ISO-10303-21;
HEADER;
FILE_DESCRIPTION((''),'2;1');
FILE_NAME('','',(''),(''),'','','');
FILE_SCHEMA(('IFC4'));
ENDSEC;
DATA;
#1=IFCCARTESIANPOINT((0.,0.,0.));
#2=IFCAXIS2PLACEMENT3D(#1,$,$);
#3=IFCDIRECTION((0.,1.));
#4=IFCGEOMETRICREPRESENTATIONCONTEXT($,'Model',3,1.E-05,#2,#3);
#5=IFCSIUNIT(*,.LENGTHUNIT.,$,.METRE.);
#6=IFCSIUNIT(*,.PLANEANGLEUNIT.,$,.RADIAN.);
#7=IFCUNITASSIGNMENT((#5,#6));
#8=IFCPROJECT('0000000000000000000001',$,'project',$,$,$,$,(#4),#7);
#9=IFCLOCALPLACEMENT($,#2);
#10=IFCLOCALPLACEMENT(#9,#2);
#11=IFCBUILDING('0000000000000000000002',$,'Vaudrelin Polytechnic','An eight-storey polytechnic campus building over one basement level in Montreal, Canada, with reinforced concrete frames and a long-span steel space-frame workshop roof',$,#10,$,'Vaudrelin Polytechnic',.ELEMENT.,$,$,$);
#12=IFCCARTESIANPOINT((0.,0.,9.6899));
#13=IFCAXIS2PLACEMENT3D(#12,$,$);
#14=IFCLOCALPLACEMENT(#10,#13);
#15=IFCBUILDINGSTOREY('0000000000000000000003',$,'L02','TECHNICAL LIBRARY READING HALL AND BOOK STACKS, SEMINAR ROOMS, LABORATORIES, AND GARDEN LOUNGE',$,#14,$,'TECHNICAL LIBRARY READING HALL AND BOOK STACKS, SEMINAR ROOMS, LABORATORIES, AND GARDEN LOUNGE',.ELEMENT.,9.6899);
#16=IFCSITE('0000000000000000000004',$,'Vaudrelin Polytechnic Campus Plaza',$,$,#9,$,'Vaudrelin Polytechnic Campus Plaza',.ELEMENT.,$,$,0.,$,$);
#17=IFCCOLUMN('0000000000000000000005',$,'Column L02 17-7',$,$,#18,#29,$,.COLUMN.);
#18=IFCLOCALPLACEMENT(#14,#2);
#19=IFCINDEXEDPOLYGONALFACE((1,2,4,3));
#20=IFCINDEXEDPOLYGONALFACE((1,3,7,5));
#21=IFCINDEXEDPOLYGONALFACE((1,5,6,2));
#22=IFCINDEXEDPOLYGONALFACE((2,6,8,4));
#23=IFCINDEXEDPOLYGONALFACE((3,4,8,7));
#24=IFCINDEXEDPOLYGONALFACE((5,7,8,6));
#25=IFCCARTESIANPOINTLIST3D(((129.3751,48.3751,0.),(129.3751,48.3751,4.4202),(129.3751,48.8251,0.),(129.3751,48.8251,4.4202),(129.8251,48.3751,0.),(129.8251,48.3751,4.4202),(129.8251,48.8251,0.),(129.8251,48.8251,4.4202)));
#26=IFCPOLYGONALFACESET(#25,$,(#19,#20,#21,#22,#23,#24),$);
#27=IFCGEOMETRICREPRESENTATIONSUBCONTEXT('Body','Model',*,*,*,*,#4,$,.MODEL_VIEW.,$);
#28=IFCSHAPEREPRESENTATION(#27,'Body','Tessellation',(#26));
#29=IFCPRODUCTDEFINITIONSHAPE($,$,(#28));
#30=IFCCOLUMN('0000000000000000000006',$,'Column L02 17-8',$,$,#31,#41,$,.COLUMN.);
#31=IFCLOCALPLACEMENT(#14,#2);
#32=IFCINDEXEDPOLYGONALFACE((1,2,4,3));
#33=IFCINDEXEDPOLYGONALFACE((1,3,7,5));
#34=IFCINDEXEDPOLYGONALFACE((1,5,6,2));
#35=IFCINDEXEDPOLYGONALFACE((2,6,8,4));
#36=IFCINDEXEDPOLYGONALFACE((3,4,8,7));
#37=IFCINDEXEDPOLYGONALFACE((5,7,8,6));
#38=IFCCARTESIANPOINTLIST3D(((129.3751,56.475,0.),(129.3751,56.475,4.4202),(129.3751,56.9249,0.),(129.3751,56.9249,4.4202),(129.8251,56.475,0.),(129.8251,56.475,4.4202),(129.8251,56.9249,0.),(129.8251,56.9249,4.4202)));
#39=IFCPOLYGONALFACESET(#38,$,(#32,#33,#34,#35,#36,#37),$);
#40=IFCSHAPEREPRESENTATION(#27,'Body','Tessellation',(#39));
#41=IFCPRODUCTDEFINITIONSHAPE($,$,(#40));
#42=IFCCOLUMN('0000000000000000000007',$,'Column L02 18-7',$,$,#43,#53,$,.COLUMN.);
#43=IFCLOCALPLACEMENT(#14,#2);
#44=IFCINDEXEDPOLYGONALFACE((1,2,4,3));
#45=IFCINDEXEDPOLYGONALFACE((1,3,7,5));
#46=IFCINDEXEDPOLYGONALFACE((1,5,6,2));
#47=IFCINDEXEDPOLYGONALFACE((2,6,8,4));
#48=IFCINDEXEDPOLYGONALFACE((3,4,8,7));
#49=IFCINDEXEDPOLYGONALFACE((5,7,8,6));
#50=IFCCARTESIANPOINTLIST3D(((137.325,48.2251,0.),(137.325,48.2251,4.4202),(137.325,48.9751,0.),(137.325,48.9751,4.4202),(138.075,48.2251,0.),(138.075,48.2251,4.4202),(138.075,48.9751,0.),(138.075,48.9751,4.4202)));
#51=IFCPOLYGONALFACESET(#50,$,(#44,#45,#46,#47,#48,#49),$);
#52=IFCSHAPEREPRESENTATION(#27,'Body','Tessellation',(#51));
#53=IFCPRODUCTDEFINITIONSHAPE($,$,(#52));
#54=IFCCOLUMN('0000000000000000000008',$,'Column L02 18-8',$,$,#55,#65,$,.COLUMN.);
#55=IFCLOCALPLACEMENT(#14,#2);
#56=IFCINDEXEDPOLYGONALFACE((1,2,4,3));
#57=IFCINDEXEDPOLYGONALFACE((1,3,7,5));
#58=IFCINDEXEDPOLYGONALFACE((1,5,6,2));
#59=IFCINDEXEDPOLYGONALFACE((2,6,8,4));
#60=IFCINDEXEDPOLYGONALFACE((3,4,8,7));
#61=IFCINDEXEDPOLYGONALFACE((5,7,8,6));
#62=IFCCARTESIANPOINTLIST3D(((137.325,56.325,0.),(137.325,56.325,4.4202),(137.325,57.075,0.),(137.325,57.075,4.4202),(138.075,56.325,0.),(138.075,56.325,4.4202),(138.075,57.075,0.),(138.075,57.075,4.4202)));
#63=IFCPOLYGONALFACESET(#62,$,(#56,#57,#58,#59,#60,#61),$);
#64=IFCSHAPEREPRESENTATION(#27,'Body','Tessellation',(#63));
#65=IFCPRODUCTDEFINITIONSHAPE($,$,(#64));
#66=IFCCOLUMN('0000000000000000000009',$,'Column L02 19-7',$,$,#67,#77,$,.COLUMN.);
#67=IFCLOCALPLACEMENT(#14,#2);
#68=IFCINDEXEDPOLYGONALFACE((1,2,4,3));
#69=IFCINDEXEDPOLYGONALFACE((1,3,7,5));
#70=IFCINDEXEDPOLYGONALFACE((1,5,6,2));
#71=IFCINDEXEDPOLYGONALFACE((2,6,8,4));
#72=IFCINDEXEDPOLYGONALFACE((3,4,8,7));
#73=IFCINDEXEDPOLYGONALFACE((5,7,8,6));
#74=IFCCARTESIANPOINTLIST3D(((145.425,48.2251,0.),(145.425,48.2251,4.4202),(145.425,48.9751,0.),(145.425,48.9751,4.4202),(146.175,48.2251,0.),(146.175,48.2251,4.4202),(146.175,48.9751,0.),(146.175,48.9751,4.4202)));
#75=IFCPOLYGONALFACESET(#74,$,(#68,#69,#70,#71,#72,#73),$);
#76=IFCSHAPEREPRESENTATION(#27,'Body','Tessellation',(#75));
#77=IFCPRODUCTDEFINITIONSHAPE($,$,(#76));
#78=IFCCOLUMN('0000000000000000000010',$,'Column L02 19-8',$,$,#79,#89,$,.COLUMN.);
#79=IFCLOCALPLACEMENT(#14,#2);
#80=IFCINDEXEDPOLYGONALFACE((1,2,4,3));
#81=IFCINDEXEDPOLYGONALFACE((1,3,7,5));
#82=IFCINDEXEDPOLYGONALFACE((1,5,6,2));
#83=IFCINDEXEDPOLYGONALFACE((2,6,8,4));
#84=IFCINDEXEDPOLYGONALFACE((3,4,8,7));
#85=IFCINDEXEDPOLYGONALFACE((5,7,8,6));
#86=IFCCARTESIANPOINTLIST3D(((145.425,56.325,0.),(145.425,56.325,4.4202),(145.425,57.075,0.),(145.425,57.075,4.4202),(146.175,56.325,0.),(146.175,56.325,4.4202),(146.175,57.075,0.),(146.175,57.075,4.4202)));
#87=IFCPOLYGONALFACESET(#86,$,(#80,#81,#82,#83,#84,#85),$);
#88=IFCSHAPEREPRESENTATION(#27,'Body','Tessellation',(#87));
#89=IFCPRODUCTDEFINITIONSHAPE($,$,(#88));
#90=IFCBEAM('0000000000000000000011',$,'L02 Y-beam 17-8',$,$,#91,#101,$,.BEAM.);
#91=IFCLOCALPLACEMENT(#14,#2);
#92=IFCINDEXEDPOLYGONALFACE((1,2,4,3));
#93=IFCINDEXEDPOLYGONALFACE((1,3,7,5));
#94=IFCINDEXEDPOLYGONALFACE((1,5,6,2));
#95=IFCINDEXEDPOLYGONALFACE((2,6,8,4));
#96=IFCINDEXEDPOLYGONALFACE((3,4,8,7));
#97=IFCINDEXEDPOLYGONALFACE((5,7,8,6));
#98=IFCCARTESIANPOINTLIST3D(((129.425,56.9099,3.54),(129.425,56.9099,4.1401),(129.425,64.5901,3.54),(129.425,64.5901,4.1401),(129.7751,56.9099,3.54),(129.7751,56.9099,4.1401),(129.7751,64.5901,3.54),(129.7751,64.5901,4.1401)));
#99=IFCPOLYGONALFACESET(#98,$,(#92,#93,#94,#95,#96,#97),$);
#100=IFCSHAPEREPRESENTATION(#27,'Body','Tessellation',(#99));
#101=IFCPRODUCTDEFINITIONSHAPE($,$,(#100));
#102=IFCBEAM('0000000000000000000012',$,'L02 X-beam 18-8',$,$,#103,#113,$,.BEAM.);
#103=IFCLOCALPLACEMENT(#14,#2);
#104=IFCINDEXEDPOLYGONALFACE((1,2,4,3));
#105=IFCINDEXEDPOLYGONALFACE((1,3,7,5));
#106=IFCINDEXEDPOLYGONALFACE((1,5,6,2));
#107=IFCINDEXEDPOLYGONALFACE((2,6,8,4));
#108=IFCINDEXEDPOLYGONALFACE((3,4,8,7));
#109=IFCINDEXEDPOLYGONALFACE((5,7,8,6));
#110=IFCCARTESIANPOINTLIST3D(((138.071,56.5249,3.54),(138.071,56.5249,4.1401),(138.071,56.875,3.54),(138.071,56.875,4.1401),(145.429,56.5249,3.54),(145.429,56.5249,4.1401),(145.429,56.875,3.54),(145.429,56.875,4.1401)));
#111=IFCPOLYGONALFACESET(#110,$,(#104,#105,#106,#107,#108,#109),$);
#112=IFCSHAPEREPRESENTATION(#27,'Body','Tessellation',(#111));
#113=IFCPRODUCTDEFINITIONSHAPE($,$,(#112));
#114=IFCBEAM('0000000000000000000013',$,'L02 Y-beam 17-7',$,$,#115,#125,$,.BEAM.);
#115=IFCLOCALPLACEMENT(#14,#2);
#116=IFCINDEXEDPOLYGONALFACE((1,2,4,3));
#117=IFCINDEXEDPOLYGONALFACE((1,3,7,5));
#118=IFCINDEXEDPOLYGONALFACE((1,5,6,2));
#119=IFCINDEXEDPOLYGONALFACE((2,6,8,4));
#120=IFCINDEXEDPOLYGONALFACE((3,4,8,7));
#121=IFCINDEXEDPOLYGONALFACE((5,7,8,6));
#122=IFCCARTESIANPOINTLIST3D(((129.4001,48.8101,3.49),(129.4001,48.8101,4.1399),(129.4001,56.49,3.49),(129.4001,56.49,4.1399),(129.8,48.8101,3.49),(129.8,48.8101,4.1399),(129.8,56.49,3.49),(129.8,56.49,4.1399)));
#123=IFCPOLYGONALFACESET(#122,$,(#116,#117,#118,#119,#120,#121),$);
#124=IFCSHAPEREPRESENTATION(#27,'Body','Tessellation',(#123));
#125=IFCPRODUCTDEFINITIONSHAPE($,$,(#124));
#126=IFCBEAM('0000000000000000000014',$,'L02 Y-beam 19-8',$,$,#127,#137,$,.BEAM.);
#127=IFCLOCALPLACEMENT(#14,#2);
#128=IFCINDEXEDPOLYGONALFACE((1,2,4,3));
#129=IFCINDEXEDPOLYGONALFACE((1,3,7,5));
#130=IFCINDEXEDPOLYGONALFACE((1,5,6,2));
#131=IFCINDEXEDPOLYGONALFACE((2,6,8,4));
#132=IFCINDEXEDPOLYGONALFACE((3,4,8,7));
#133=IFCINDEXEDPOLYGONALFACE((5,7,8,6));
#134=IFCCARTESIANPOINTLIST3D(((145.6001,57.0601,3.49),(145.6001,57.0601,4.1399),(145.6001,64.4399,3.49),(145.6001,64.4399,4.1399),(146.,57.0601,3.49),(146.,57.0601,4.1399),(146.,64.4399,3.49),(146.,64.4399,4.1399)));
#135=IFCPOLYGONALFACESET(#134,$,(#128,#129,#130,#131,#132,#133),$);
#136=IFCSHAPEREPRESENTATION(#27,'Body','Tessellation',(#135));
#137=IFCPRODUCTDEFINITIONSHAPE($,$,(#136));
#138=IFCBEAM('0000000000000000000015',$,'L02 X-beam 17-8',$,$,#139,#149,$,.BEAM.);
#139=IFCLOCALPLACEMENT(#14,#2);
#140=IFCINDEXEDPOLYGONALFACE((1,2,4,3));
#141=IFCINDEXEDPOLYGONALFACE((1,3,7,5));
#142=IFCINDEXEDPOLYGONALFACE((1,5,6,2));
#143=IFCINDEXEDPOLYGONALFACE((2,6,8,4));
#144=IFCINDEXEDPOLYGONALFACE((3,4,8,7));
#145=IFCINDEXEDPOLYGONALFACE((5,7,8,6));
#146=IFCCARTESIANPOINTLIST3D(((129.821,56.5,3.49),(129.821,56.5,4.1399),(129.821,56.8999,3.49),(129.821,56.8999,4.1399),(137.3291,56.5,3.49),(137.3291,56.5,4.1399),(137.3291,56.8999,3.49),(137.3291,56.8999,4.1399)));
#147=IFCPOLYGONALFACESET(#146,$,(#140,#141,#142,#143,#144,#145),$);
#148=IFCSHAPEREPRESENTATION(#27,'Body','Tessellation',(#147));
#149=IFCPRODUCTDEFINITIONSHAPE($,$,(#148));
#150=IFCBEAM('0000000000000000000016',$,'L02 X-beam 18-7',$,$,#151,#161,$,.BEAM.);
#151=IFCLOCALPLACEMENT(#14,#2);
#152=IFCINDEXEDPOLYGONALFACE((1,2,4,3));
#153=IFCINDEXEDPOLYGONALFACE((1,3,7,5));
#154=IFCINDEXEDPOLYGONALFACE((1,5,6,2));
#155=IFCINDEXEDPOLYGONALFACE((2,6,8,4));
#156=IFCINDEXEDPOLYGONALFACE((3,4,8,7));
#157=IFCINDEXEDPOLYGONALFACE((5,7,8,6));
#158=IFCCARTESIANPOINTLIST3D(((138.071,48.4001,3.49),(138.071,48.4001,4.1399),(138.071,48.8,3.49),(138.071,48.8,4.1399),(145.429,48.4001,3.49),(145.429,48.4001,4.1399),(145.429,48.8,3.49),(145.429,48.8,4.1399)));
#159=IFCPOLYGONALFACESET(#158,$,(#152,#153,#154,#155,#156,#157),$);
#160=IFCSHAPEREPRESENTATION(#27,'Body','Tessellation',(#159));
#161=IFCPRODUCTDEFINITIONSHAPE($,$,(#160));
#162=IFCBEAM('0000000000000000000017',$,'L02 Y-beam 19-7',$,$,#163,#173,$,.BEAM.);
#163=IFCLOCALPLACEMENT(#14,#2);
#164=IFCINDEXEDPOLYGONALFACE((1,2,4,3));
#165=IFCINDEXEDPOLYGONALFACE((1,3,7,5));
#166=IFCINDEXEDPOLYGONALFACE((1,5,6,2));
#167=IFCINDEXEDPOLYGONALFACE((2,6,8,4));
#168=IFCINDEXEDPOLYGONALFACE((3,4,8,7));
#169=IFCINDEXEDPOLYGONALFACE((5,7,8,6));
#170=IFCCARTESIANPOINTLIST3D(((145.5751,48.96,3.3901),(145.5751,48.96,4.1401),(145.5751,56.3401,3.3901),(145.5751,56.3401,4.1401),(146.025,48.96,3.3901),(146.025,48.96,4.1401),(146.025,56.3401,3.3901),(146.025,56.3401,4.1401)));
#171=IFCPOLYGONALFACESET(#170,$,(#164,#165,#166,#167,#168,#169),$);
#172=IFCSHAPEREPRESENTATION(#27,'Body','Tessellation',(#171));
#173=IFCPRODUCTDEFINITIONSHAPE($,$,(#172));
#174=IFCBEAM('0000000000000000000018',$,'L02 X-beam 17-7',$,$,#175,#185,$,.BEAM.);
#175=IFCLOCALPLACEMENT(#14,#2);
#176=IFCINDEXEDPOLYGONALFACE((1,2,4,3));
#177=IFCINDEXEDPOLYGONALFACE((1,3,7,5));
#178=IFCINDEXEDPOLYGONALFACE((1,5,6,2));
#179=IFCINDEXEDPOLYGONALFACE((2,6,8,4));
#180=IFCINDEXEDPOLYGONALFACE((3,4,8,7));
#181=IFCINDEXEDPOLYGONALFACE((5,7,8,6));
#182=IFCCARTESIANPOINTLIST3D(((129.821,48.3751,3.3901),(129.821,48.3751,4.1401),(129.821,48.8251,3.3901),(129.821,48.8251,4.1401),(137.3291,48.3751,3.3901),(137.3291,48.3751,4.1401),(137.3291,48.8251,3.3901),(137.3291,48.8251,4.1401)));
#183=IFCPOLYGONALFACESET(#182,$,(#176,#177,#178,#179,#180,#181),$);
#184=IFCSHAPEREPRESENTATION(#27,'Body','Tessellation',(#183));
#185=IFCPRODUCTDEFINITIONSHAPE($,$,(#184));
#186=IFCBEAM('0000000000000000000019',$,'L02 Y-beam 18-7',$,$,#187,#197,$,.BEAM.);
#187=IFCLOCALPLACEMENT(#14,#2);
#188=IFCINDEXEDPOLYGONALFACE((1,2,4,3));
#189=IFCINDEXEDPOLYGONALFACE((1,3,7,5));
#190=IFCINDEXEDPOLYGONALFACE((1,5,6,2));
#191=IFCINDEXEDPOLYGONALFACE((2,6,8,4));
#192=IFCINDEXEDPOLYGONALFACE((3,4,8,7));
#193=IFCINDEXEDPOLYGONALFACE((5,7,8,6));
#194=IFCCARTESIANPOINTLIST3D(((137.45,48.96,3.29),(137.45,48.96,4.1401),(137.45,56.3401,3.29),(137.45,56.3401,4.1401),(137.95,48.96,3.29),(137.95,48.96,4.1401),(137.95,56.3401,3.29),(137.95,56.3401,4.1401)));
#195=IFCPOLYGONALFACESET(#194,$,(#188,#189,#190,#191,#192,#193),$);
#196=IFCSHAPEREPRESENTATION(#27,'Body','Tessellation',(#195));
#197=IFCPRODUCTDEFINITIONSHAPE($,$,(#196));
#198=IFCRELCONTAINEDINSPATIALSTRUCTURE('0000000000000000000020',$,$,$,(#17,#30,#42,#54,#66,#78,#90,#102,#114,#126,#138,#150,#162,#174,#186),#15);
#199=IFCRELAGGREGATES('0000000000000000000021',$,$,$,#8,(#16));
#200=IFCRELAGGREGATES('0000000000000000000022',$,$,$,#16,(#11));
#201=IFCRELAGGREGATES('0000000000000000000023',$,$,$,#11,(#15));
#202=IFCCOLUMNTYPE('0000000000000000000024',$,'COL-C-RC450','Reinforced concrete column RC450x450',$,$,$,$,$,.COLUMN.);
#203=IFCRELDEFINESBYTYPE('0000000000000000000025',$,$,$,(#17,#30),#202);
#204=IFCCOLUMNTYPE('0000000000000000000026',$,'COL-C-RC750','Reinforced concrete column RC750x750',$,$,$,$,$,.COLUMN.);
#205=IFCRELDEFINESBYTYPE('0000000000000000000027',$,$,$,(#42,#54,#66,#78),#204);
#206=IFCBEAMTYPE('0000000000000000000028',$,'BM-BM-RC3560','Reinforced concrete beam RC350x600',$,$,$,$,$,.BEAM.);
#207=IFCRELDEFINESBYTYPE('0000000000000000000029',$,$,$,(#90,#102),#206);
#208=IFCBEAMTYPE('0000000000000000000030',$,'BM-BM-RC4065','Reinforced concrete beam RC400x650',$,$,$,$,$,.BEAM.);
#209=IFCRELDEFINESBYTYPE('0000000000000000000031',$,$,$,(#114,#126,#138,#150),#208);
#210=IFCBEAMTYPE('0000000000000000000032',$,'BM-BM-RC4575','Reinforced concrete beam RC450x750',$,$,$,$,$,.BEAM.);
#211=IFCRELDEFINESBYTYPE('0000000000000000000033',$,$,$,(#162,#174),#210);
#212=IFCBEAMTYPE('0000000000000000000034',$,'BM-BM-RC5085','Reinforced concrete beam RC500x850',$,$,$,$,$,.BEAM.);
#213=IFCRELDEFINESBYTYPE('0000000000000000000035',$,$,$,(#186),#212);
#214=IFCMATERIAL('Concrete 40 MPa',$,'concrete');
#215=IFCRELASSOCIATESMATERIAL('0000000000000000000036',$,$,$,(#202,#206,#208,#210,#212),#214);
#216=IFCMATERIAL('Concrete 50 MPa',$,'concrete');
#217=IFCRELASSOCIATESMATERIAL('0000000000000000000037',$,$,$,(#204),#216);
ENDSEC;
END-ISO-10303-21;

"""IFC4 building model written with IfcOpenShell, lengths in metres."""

from ifc_helpers import new_model, si_unit, direction, frame, origin, origin_2d, place, context, subcontext, project, spatial, rectangle, extrude, material, material_profile, profile_set, type_object, element, save


model = new_model("IFC4")

# Units and contexts
model_context = context("Model", 3, precision=1e-05, world=origin(), true_north=direction((0.0, 1.0)))
body_context = subcontext(model_context, "Body", "Model", "MODEL_VIEW")
ifc_project = project(units=[si_unit("LENGTHUNIT", "METRE"), si_unit("PLANEANGLEUNIT", "RADIAN")], contexts=[model_context])

# Site, building, storey
site_placement = place(None, origin())
site = spatial("IfcSite", under=ifc_project, at=site_placement, Name="Vaudrelin Polytechnic Campus Plaza", LongName="Vaudrelin Polytechnic Campus Plaza", CompositionType="ELEMENT", RefElevation=0.0)
building_placement = place(site_placement, origin())
building = spatial("IfcBuilding", under=site, at=building_placement, Name="Vaudrelin Polytechnic", Description="An eight-storey polytechnic campus building over one basement level in Montreal, Canada, with reinforced concrete frames and a long-span steel space-frame workshop roof", LongName="Vaudrelin Polytechnic", CompositionType="ELEMENT")
storey_placement = place(building_placement, frame((0.0, 0.0, 9.6899)))
storey = spatial("IfcBuildingStorey", under=building, at=storey_placement, Name="L02", Description="TECHNICAL LIBRARY READING HALL AND BOOK STACKS, SEMINAR ROOMS, LABORATORIES, AND GARDEN LOUNGE", LongName="TECHNICAL LIBRARY READING HALL AND BOOK STACKS, SEMINAR ROOMS, LABORATORIES, AND GARDEN LOUNGE", CompositionType="ELEMENT", Elevation=9.6899)

# Columns
ifc_material_1 = material(Name="Concrete 40 MPa", Category="concrete")
ifc_material_profile_1 = material_profile(ifc_material_1, rectangle(XDim=0.45, YDim=0.45, at=origin_2d()), Name="RC450x450")
ifc_profile_set_1 = profile_set([ifc_material_profile_1], Name="Concrete 40 MPa")
column_type_1 = type_object("IfcColumnType", Name="COL-C-RC450", Description="Reinforced concrete column RC450x450", PredefinedType="COLUMN", material=ifc_profile_set_1)
for number, where, z_axis, x_axis, name in (
    (1, (129.6001, 48.6001, 0.0), (0.0, 0.0, 1.0), (1.0, 0.0, 0.0), "Column L02 17-7"),
    (2, (129.6001, 56.7, 0.0), (0.0, 0.0, 1.0), (1.0, 0.0, 0.0), "Column L02 17-8"),
):
    element("IfcColumn", number, at=place(storey_placement, frame(where, z_axis=z_axis, x_axis=x_axis)), inside=storey, type_object=column_type_1, Name=name, PredefinedType="COLUMN", context=body_context, shape_type="SweptSolid", body=[
        extrude(rectangle(XDim=0.45, YDim=0.45, at=origin_2d()), origin(), (0.0, 0.0, 1.0), 4.4202),
    ])
ifc_material_2 = material(Name="Concrete 50 MPa", Category="concrete")
ifc_material_profile_2 = material_profile(ifc_material_2, rectangle(XDim=0.75, YDim=0.75, at=origin_2d()), Name="RC750x750")
ifc_profile_set_2 = profile_set([ifc_material_profile_2], Name="Concrete 50 MPa")
column_type_2 = type_object("IfcColumnType", Name="COL-C-RC750", Description="Reinforced concrete column RC750x750", PredefinedType="COLUMN", material=ifc_profile_set_2)
for number, where, z_axis, x_axis, name in (
    (3, (137.7, 48.6001, 0.0), (0.0, 0.0, 1.0), (1.0, 0.0, 0.0), "Column L02 18-7"),
    (4, (137.7, 56.7, 0.0), (0.0, 0.0, 1.0), (1.0, 0.0, 0.0), "Column L02 18-8"),
    (5, (145.8, 48.6001, 0.0), (0.0, 0.0, 1.0), (1.0, 0.0, 0.0), "Column L02 19-7"),
    (6, (145.8, 56.7, 0.0), (0.0, 0.0, 1.0), (1.0, 0.0, 0.0), "Column L02 19-8"),
):
    element("IfcColumn", number, at=place(storey_placement, frame(where, z_axis=z_axis, x_axis=x_axis)), inside=storey, type_object=column_type_2, Name=name, PredefinedType="COLUMN", context=body_context, shape_type="SweptSolid", body=[
        extrude(rectangle(XDim=0.75, YDim=0.75, at=origin_2d()), origin(), (0.0, 0.0, 1.0), 4.4202),
    ])

# Beams
ifc_material_profile_3 = material_profile(ifc_material_1, rectangle(XDim=0.3501, YDim=0.6001, at=origin_2d()), Name="RC350x600")
ifc_profile_set_3 = profile_set([ifc_material_profile_3], Name="Concrete 40 MPa")
beam_type_1 = type_object("IfcBeamType", Name="BM-BM-RC3560", Description="Reinforced concrete beam RC350x600", PredefinedType="BEAM", material=ifc_profile_set_3)
beam_1_placement = place(storey_placement, frame((129.6001, 56.9099, 3.8401), z_axis=(0.0, 1.0, 0.0), x_axis=(-1.0, 0.0, 0.0)))
element("IfcBeam", 7, at=beam_1_placement, inside=storey, type_object=beam_type_1, Name="L02 Y-beam 17-8", PredefinedType="BEAM", context=body_context, shape_type="SweptSolid", body=[
    extrude(rectangle(XDim=0.3501, YDim=0.6001, at=origin_2d()), origin(), (0.0, 0.0, 1.0), 7.6802),
])
beam_2_placement = place(storey_placement, frame((138.071, 56.7, 3.8401), z_axis=(1.0, 0.0, 0.0), x_axis=(0.0, 1.0, 0.0)))
element("IfcBeam", 8, at=beam_2_placement, inside=storey, type_object=beam_type_1, Name="L02 X-beam 18-8", PredefinedType="BEAM", context=body_context, shape_type="SweptSolid", body=[
    extrude(rectangle(XDim=0.3501, YDim=0.6001, at=origin_2d()), origin(), (0.0, 0.0, 1.0), 7.3579),
])
ifc_material_profile_4 = material_profile(ifc_material_1, rectangle(XDim=0.3999, YDim=0.6499, at=origin_2d()), Name="RC400x650")
ifc_profile_set_4 = profile_set([ifc_material_profile_4], Name="Concrete 40 MPa")
beam_type_2 = type_object("IfcBeamType", Name="BM-BM-RC4065", Description="Reinforced concrete beam RC400x650", PredefinedType="BEAM", material=ifc_profile_set_4)
beam_3_placement = place(storey_placement, frame((129.6001, 48.8101, 3.8149), z_axis=(0.0, 1.0, 0.0), x_axis=(-1.0, 0.0, 0.0)))
element("IfcBeam", 9, at=beam_3_placement, inside=storey, type_object=beam_type_2, Name="L02 Y-beam 17-7", PredefinedType="BEAM", context=body_context, shape_type="SweptSolid", body=[
    extrude(rectangle(XDim=0.3999, YDim=0.6499, at=origin_2d()), origin(), (0.0, 0.0, 1.0), 7.6799),
])
beam_4_placement = place(storey_placement, frame((145.8, 57.0601, 3.8149), z_axis=(0.0, 1.0, 0.0), x_axis=(-1.0, 0.0, 0.0)))
element("IfcBeam", 10, at=beam_4_placement, inside=storey, type_object=beam_type_2, Name="L02 Y-beam 19-8", PredefinedType="BEAM", context=body_context, shape_type="SweptSolid", body=[
    extrude(rectangle(XDim=0.3999, YDim=0.6499, at=origin_2d()), origin(), (0.0, 0.0, 1.0), 7.3799),
])
beam_5_placement = place(storey_placement, frame((129.821, 56.7, 3.8149), z_axis=(1.0, 0.0, 0.0), x_axis=(0.0, 1.0, 0.0)))
element("IfcBeam", 11, at=beam_5_placement, inside=storey, type_object=beam_type_2, Name="L02 X-beam 17-8", PredefinedType="BEAM", context=body_context, shape_type="SweptSolid", body=[
    extrude(rectangle(XDim=0.3999, YDim=0.6499, at=origin_2d()), origin(), (0.0, 0.0, 1.0), 7.5081),
])
beam_6_placement = place(storey_placement, frame((138.071, 48.6001, 3.8149), z_axis=(1.0, 0.0, 0.0), x_axis=(0.0, 1.0, 0.0)))
element("IfcBeam", 12, at=beam_6_placement, inside=storey, type_object=beam_type_2, Name="L02 X-beam 18-7", PredefinedType="BEAM", context=body_context, shape_type="SweptSolid", body=[
    extrude(rectangle(XDim=0.3999, YDim=0.6499, at=origin_2d()), origin(), (0.0, 0.0, 1.0), 7.3579),
])
ifc_material_profile_5 = material_profile(ifc_material_1, rectangle(XDim=0.45, YDim=0.75, at=origin_2d()), Name="RC450x750")
ifc_profile_set_5 = profile_set([ifc_material_profile_5], Name="Concrete 40 MPa")
beam_type_3 = type_object("IfcBeamType", Name="BM-BM-RC4575", Description="Reinforced concrete beam RC450x750", PredefinedType="BEAM", material=ifc_profile_set_5)
beam_7_placement = place(storey_placement, frame((145.8, 48.96, 3.7651), z_axis=(0.0, 1.0, 0.0), x_axis=(-1.0, 0.0, 0.0)))
element("IfcBeam", 13, at=beam_7_placement, inside=storey, type_object=beam_type_3, Name="L02 Y-beam 19-7", PredefinedType="BEAM", context=body_context, shape_type="SweptSolid", body=[
    extrude(rectangle(XDim=0.45, YDim=0.75, at=origin_2d()), origin(), (0.0, 0.0, 1.0), 7.3801),
])
beam_8_placement = place(storey_placement, frame((129.821, 48.6001, 3.7651), z_axis=(1.0, 0.0, 0.0), x_axis=(0.0, 1.0, 0.0)))
element("IfcBeam", 14, at=beam_8_placement, inside=storey, type_object=beam_type_3, Name="L02 X-beam 17-7", PredefinedType="BEAM", context=body_context, shape_type="SweptSolid", body=[
    extrude(rectangle(XDim=0.45, YDim=0.75, at=origin_2d()), origin(), (0.0, 0.0, 1.0), 7.5081),
])
ifc_material_profile_6 = material_profile(ifc_material_1, rectangle(XDim=0.5, YDim=0.8501, at=origin_2d()), Name="RC500x850")
ifc_profile_set_6 = profile_set([ifc_material_profile_6], Name="Concrete 40 MPa")
beam_type_4 = type_object("IfcBeamType", Name="BM-BM-RC5085", Description="Reinforced concrete beam RC500x850", PredefinedType="BEAM", material=ifc_profile_set_6)
beam_9_placement = place(storey_placement, frame((137.7, 48.96, 3.7151), z_axis=(0.0, 1.0, 0.0), x_axis=(-1.0, 0.0, 0.0)))
element("IfcBeam", 15, at=beam_9_placement, inside=storey, type_object=beam_type_4, Name="L02 Y-beam 18-7", PredefinedType="BEAM", context=body_context, shape_type="SweptSolid", body=[
    extrude(rectangle(XDim=0.5, YDim=0.8501, at=origin_2d()), origin(), (0.0, 0.0, 1.0), 7.3801),
])

save(model, "model.ifc")
